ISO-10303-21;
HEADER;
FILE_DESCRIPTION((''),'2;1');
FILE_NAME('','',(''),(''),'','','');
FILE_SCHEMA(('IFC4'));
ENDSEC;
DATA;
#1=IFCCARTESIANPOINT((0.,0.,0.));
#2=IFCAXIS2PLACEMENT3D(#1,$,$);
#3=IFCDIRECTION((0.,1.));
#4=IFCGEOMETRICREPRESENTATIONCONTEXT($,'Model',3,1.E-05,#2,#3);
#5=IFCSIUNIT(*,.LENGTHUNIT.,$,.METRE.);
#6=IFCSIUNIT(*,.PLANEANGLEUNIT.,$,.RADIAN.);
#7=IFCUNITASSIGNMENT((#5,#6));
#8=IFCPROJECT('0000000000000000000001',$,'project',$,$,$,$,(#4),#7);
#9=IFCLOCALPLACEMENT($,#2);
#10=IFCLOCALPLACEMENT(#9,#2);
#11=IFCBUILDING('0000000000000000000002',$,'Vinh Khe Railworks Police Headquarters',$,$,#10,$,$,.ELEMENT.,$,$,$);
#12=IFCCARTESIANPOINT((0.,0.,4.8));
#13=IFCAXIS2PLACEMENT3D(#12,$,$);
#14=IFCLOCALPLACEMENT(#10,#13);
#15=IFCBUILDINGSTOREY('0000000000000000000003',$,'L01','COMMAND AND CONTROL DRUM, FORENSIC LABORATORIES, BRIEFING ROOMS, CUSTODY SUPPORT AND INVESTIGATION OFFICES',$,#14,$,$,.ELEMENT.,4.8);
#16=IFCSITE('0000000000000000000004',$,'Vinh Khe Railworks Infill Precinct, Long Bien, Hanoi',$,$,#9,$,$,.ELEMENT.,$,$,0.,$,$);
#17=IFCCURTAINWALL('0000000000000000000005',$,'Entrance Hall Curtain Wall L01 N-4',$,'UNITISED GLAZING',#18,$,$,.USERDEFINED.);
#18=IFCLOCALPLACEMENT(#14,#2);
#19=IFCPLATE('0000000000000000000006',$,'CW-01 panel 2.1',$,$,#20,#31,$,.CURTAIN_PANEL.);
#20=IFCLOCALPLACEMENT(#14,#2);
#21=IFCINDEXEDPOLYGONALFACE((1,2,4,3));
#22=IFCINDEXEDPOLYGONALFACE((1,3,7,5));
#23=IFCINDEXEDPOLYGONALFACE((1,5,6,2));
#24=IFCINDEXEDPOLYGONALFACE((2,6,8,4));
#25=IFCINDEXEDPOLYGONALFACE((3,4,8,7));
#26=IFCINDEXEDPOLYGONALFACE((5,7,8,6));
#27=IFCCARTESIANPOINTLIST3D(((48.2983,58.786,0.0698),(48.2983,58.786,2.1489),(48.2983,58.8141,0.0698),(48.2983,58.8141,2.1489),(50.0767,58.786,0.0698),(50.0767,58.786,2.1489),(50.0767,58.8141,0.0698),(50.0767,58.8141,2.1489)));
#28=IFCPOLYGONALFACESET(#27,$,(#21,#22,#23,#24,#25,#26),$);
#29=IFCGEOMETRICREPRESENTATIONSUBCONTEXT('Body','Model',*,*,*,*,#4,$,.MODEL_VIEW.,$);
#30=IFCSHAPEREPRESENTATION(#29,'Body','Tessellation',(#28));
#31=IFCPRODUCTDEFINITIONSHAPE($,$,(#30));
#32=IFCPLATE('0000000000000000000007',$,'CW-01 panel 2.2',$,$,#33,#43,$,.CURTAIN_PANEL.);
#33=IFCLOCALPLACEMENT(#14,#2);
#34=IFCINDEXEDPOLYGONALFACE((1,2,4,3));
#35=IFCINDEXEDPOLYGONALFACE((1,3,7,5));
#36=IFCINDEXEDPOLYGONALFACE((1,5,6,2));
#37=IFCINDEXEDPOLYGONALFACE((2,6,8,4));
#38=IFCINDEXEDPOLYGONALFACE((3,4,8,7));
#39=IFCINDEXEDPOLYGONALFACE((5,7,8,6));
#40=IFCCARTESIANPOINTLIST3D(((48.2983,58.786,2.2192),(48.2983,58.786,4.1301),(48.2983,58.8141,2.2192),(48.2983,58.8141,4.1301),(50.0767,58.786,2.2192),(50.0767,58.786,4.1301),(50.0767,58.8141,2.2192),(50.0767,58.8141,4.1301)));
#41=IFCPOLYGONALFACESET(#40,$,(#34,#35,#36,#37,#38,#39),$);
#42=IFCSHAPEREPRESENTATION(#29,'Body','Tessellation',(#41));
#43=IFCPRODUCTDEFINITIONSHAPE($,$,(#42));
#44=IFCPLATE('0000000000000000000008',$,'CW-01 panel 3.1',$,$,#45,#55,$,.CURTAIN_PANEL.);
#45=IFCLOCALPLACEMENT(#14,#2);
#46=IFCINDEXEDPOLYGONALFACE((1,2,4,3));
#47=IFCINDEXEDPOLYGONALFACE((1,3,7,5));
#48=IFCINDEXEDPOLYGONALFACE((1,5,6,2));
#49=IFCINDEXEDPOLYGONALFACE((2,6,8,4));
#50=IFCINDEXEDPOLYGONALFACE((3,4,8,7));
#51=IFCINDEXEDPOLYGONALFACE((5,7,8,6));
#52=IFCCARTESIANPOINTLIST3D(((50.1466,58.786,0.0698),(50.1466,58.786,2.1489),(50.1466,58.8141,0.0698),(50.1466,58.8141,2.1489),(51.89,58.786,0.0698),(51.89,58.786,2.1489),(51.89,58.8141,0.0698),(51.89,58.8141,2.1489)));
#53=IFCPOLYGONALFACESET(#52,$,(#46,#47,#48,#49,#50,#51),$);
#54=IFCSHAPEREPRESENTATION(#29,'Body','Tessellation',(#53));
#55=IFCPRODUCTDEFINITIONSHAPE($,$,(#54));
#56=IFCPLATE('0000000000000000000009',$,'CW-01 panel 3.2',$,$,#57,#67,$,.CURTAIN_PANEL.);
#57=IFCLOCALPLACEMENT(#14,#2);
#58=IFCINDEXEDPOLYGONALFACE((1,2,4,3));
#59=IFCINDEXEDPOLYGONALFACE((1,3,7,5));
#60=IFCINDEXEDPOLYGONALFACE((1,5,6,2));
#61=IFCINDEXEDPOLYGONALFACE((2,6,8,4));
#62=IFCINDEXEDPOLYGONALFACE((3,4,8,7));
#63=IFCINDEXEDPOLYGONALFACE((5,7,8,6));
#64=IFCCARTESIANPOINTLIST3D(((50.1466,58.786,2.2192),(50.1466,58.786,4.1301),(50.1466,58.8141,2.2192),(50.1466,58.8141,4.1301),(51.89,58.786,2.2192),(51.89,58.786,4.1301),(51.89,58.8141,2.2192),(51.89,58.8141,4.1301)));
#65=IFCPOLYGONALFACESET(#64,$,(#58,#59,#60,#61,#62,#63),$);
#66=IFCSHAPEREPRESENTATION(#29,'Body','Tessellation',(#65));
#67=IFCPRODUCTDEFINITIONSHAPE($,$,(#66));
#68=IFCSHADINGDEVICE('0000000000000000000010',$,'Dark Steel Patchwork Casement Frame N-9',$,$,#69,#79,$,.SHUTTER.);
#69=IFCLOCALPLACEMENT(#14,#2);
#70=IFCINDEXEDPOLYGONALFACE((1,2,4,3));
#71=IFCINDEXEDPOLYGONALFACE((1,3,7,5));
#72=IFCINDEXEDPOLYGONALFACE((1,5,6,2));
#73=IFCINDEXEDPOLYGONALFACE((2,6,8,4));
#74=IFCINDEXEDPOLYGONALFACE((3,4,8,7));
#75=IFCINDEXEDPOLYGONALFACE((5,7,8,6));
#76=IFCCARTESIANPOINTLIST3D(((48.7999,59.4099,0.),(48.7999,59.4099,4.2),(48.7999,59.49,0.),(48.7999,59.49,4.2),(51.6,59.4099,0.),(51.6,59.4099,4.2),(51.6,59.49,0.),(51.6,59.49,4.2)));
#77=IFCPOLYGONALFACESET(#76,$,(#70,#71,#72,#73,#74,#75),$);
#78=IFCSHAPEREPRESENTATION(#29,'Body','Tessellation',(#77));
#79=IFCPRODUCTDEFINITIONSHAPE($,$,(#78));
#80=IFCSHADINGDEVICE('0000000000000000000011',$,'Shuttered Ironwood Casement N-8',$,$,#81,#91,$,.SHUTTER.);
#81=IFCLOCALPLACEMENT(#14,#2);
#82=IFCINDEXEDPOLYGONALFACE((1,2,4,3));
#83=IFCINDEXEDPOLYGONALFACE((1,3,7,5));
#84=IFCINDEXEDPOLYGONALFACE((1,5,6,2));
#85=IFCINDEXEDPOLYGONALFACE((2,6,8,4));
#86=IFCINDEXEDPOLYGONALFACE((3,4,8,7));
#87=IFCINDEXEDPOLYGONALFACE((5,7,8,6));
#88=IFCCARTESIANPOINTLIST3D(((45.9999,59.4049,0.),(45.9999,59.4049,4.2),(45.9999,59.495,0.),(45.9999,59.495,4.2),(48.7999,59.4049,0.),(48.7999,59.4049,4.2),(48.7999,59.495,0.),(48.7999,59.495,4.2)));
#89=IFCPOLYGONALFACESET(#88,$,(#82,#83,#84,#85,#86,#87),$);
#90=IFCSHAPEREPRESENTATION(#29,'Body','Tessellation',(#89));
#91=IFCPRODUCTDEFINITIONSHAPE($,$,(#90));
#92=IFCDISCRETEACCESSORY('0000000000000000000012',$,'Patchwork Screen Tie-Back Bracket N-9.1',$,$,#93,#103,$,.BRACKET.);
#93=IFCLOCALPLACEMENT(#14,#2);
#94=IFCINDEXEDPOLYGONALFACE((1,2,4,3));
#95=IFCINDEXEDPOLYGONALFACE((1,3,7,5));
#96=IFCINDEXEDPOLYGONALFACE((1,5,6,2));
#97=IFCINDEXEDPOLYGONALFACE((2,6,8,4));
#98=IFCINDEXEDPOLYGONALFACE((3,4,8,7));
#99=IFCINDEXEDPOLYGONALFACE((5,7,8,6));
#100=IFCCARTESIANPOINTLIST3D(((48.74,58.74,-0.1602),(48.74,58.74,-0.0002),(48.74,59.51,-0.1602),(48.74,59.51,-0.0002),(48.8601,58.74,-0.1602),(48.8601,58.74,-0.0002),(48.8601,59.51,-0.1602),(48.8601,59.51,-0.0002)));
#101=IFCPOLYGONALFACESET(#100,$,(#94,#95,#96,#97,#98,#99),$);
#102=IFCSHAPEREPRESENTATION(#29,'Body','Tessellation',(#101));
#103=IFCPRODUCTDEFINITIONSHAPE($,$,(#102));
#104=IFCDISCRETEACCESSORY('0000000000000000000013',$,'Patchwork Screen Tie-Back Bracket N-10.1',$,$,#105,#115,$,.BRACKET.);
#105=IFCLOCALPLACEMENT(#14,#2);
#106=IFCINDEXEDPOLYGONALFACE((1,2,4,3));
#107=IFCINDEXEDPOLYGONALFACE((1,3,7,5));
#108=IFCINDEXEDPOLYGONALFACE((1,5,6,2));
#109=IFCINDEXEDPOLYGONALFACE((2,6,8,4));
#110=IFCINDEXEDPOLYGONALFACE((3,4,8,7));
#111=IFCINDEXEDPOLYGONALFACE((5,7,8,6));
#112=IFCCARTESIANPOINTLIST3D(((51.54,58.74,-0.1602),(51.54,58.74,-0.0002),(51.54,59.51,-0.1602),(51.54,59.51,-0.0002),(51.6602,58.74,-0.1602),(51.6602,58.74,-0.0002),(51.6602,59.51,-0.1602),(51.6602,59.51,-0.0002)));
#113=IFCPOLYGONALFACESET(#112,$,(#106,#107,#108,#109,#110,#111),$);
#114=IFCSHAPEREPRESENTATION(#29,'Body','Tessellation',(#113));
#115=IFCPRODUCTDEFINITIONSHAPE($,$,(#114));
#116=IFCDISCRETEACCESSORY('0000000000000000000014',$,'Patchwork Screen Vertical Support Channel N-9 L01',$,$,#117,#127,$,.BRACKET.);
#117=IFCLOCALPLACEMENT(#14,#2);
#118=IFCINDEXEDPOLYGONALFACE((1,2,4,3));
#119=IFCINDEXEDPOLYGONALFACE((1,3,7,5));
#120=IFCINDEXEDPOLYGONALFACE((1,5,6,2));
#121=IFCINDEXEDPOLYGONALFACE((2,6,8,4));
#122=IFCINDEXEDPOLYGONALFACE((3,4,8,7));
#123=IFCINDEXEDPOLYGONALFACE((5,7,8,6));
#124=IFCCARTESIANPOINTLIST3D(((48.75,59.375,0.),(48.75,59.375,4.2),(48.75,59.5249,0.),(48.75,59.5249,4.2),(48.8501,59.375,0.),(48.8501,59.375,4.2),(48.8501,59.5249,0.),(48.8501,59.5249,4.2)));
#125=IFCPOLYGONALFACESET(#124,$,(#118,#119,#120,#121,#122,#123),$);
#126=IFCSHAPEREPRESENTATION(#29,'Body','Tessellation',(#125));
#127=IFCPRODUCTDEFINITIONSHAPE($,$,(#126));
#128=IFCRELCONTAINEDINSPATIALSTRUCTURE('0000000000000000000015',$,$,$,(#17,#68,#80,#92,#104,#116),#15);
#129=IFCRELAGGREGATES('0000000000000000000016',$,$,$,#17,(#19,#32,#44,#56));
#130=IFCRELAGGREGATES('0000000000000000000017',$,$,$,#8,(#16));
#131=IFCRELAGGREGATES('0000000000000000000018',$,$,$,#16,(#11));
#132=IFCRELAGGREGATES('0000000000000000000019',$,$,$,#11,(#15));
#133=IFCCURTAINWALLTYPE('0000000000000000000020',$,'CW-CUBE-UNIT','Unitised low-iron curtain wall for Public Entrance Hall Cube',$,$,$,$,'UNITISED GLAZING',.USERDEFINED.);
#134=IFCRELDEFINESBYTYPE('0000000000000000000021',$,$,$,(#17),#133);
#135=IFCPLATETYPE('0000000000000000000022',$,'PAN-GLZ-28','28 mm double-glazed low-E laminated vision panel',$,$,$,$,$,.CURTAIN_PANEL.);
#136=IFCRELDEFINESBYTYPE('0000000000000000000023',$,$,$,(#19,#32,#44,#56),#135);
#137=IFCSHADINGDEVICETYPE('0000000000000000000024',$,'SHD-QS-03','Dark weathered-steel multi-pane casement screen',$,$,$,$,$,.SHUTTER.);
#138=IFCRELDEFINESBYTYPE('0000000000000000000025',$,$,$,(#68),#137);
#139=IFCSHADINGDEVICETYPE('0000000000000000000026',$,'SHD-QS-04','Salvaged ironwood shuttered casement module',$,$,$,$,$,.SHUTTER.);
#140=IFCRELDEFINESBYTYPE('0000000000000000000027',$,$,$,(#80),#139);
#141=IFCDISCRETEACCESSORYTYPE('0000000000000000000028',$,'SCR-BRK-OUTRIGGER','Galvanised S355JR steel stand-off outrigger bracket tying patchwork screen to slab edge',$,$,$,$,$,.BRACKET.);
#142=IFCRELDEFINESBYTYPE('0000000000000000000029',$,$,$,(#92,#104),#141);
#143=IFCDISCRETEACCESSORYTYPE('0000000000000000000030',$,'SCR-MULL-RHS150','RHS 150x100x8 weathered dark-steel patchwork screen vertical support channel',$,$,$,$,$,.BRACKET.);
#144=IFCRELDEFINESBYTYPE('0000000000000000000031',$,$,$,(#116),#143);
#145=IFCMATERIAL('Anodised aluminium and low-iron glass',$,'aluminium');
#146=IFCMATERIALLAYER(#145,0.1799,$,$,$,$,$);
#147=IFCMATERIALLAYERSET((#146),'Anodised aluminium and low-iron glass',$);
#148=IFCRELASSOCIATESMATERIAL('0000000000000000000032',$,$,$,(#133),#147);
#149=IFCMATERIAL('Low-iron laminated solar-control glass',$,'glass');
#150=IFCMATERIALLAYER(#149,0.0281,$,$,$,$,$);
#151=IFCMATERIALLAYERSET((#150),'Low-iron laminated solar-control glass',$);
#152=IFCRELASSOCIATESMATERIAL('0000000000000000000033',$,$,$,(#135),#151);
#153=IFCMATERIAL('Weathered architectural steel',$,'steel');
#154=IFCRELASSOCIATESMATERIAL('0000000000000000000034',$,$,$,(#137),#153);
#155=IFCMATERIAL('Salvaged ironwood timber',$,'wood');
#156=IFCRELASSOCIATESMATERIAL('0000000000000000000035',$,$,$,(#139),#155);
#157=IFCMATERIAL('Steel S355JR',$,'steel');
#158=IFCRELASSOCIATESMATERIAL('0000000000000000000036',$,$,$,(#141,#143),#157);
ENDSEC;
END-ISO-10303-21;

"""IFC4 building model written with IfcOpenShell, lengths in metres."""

from ifc_helpers import new_model, si_unit, direction, frame, origin, origin_2d, place, context, subcontext, project, spatial, rectangle, extrude, material, layer, layer_set, type_object, element, aggregate, save


model = new_model("IFC4")

# Units and contexts
model_context = context("Model", 3, precision=1e-05, world=origin(), true_north=direction((0.0, 1.0)))
body_context = subcontext(model_context, "Body", "Model", "MODEL_VIEW")
ifc_project = project(units=[si_unit("LENGTHUNIT", "METRE"), si_unit("PLANEANGLEUNIT", "RADIAN")], contexts=[model_context])

# Site, building, storey
site_placement = place(None, origin())
site = spatial("IfcSite", under=ifc_project, at=site_placement, Name="Vinh Khe Railworks Infill Precinct, Long Bien, Hanoi", CompositionType="ELEMENT", RefElevation=0.0)
building_placement = place(site_placement, origin())
building = spatial("IfcBuilding", under=site, at=building_placement, Name="Vinh Khe Railworks Police Headquarters", CompositionType="ELEMENT")
storey_placement = place(building_placement, frame((0.0, 0.0, 4.8)))
storey = spatial("IfcBuildingStorey", under=building, at=storey_placement, Name="L01", Description="COMMAND AND CONTROL DRUM, FORENSIC LABORATORIES, BRIEFING ROOMS, CUSTODY SUPPORT AND INVESTIGATION OFFICES", CompositionType="ELEMENT", Elevation=4.8)

# Shared definitions
ifc_material_1 = material(Name="Steel S355JR", Category="steel")

# Shared definitions
ifc_material_2 = material(Name="Salvaged ironwood timber", Category="wood")

# Curtain wall, plates
ifc_material_3 = material(Name="Anodised aluminium and low-iron glass", Category="aluminium")
ifc_layer_1 = layer(ifc_material_3, 0.1799)
ifc_layer_set_1 = layer_set([ifc_layer_1], Name="Anodised aluminium and low-iron glass")
curtain_wall_type = type_object("IfcCurtainWallType", Name="CW-CUBE-UNIT", Description="Unitised low-iron curtain wall for Public Entrance Hall Cube", ElementType="UNITISED GLAZING", PredefinedType="USERDEFINED", material=ifc_layer_set_1)
curtain_wall_placement = place(storey_placement, origin())
curtain_wall = element("IfcCurtainWall", 1, at=curtain_wall_placement, inside=storey, type_object=curtain_wall_type, Name="Entrance Hall Curtain Wall L01 N-4", ObjectType="UNITISED GLAZING", PredefinedType="USERDEFINED")
ifc_material_4 = material(Name="Low-iron laminated solar-control glass", Category="glass")
ifc_layer_2 = layer(ifc_material_4, 0.0281)
ifc_layer_set_2 = layer_set([ifc_layer_2], Name="Low-iron laminated solar-control glass")
plate_type = type_object("IfcPlateType", Name="PAN-GLZ-28", Description="28 mm double-glazed low-E laminated vision panel", PredefinedType="CURTAIN_PANEL", material=ifc_layer_set_2)
plate_1_placement = place(storey_placement, frame((49.1875, 58.8, 0.0698), z_axis=(0.0, 0.0, 1.0), x_axis=(1.0, 0.0, 0.0)))
plate_1 = element("IfcPlate", 2, at=plate_1_placement, type_object=plate_type, Name="CW-01 panel 2.1", PredefinedType="CURTAIN_PANEL", context=body_context, shape_type="SweptSolid", body=[
    extrude(rectangle(XDim=1.7783, YDim=0.0281, at=origin_2d()), origin(), (0.0, 0.0, 1.0), 2.0791),
])
plate_2_placement = place(storey_placement, frame((49.1875, 58.8, 2.2192), z_axis=(0.0, 0.0, 1.0), x_axis=(1.0, 0.0, 0.0)))
plate_2 = element("IfcPlate", 3, at=plate_2_placement, type_object=plate_type, Name="CW-01 panel 2.2", PredefinedType="CURTAIN_PANEL", context=body_context, shape_type="SweptSolid", body=[
    extrude(rectangle(XDim=1.7783, YDim=0.0281, at=origin_2d()), origin(), (0.0, 0.0, 1.0), 1.9109),
])
plate_3_placement = place(storey_placement, frame((51.0183, 58.8, 0.0698), z_axis=(0.0, 0.0, 1.0), x_axis=(1.0, 0.0, 0.0)))
plate_3 = element("IfcPlate", 4, at=plate_3_placement, type_object=plate_type, Name="CW-01 panel 3.1", PredefinedType="CURTAIN_PANEL", context=body_context, shape_type="SweptSolid", body=[
    extrude(rectangle(XDim=1.7434, YDim=0.0281, at=origin_2d()), origin(), (0.0, 0.0, 1.0), 2.0791),
])
plate_4_placement = place(storey_placement, frame((51.0183, 58.8, 2.2192), z_axis=(0.0, 0.0, 1.0), x_axis=(1.0, 0.0, 0.0)))
plate_4 = element("IfcPlate", 5, at=plate_4_placement, type_object=plate_type, Name="CW-01 panel 3.2", PredefinedType="CURTAIN_PANEL", context=body_context, shape_type="SweptSolid", body=[
    extrude(rectangle(XDim=1.7434, YDim=0.0281, at=origin_2d()), origin(), (0.0, 0.0, 1.0), 1.9109),
])
aggregate(curtain_wall, [plate_1, plate_2, plate_3, plate_4])

# Shading devices
ifc_material_5 = material(Name="Weathered architectural steel", Category="steel")
shading_device_type_1 = type_object("IfcShadingDeviceType", Name="SHD-QS-03", Description="Dark weathered-steel multi-pane casement screen", PredefinedType="SHUTTER", material=ifc_material_5)
shading_device_1_placement = place(storey_placement, frame((50.2, 59.45, 0.0), z_axis=(0.0, 0.0, 1.0), x_axis=(1.0, 0.0, 0.0)))
element("IfcShadingDevice", 6, at=shading_device_1_placement, inside=storey, type_object=shading_device_type_1, Name="Dark Steel Patchwork Casement Frame N-9", PredefinedType="SHUTTER", context=body_context, shape_type="SweptSolid", body=[
    extrude(rectangle(XDim=2.8, YDim=0.0801, at=origin_2d()), origin(), (0.0, 0.0, 1.0), 4.2),
])
shading_device_type_2 = type_object("IfcShadingDeviceType", Name="SHD-QS-04", Description="Salvaged ironwood shuttered casement module", PredefinedType="SHUTTER", material=ifc_material_2)
shading_device_2_placement = place(storey_placement, frame((47.3999, 59.45, 0.0), z_axis=(0.0, 0.0, 1.0), x_axis=(1.0, 0.0, 0.0)))
element("IfcShadingDevice", 7, at=shading_device_2_placement, inside=storey, type_object=shading_device_type_2, Name="Shuttered Ironwood Casement N-8", PredefinedType="SHUTTER", context=body_context, shape_type="SweptSolid", body=[
    extrude(rectangle(XDim=2.8, YDim=0.0901, at=origin_2d()), origin(), (0.0, 0.0, 1.0), 4.2),
])

# Discrete accessories
discrete_accessory_type_1 = type_object("IfcDiscreteAccessoryType", Name="SCR-BRK-OUTRIGGER", Description="Galvanised S355JR steel stand-off outrigger bracket tying patchwork screen to slab edge", PredefinedType="BRACKET", material=ifc_material_1)
for number, where, z_axis, x_axis, name in (
    (8, (48.8, 59.125, -0.1602), (0.0, 0.0, 1.0), (1.0, 0.0, 0.0), "Patchwork Screen Tie-Back Bracket N-9.1"),
    (9, (51.6001, 59.125, -0.1602), (0.0, 0.0, 1.0), (1.0, 0.0, 0.0), "Patchwork Screen Tie-Back Bracket N-10.1"),
):
    element("IfcDiscreteAccessory", number, at=place(storey_placement, frame(where, z_axis=z_axis, x_axis=x_axis)), inside=storey, type_object=discrete_accessory_type_1, Name=name, PredefinedType="BRACKET", context=body_context, shape_type="SweptSolid", body=[
        extrude(rectangle(XDim=0.1201, YDim=0.77, at=origin_2d()), origin(), (0.0, 0.0, 1.0), 0.1599),
    ])
discrete_accessory_type_2 = type_object("IfcDiscreteAccessoryType", Name="SCR-MULL-RHS150", Description="RHS 150x100x8 weathered dark-steel patchwork screen vertical support channel", PredefinedType="BRACKET", material=ifc_material_1)
discrete_accessory_placement = place(storey_placement, frame((48.8, 59.45, 0.0), z_axis=(0.0, 0.0, 1.0), x_axis=(1.0, 0.0, 0.0)))
element("IfcDiscreteAccessory", 10, at=discrete_accessory_placement, inside=storey, type_object=discrete_accessory_type_2, Name="Patchwork Screen Vertical Support Channel N-9 L01", PredefinedType="BRACKET", context=body_context, shape_type="SweptSolid", body=[
    extrude(rectangle(XDim=0.1001, YDim=0.1499, at=origin_2d()), origin(), (0.0, 0.0, 1.0), 4.2),
])

save(model, "model.ifc")
